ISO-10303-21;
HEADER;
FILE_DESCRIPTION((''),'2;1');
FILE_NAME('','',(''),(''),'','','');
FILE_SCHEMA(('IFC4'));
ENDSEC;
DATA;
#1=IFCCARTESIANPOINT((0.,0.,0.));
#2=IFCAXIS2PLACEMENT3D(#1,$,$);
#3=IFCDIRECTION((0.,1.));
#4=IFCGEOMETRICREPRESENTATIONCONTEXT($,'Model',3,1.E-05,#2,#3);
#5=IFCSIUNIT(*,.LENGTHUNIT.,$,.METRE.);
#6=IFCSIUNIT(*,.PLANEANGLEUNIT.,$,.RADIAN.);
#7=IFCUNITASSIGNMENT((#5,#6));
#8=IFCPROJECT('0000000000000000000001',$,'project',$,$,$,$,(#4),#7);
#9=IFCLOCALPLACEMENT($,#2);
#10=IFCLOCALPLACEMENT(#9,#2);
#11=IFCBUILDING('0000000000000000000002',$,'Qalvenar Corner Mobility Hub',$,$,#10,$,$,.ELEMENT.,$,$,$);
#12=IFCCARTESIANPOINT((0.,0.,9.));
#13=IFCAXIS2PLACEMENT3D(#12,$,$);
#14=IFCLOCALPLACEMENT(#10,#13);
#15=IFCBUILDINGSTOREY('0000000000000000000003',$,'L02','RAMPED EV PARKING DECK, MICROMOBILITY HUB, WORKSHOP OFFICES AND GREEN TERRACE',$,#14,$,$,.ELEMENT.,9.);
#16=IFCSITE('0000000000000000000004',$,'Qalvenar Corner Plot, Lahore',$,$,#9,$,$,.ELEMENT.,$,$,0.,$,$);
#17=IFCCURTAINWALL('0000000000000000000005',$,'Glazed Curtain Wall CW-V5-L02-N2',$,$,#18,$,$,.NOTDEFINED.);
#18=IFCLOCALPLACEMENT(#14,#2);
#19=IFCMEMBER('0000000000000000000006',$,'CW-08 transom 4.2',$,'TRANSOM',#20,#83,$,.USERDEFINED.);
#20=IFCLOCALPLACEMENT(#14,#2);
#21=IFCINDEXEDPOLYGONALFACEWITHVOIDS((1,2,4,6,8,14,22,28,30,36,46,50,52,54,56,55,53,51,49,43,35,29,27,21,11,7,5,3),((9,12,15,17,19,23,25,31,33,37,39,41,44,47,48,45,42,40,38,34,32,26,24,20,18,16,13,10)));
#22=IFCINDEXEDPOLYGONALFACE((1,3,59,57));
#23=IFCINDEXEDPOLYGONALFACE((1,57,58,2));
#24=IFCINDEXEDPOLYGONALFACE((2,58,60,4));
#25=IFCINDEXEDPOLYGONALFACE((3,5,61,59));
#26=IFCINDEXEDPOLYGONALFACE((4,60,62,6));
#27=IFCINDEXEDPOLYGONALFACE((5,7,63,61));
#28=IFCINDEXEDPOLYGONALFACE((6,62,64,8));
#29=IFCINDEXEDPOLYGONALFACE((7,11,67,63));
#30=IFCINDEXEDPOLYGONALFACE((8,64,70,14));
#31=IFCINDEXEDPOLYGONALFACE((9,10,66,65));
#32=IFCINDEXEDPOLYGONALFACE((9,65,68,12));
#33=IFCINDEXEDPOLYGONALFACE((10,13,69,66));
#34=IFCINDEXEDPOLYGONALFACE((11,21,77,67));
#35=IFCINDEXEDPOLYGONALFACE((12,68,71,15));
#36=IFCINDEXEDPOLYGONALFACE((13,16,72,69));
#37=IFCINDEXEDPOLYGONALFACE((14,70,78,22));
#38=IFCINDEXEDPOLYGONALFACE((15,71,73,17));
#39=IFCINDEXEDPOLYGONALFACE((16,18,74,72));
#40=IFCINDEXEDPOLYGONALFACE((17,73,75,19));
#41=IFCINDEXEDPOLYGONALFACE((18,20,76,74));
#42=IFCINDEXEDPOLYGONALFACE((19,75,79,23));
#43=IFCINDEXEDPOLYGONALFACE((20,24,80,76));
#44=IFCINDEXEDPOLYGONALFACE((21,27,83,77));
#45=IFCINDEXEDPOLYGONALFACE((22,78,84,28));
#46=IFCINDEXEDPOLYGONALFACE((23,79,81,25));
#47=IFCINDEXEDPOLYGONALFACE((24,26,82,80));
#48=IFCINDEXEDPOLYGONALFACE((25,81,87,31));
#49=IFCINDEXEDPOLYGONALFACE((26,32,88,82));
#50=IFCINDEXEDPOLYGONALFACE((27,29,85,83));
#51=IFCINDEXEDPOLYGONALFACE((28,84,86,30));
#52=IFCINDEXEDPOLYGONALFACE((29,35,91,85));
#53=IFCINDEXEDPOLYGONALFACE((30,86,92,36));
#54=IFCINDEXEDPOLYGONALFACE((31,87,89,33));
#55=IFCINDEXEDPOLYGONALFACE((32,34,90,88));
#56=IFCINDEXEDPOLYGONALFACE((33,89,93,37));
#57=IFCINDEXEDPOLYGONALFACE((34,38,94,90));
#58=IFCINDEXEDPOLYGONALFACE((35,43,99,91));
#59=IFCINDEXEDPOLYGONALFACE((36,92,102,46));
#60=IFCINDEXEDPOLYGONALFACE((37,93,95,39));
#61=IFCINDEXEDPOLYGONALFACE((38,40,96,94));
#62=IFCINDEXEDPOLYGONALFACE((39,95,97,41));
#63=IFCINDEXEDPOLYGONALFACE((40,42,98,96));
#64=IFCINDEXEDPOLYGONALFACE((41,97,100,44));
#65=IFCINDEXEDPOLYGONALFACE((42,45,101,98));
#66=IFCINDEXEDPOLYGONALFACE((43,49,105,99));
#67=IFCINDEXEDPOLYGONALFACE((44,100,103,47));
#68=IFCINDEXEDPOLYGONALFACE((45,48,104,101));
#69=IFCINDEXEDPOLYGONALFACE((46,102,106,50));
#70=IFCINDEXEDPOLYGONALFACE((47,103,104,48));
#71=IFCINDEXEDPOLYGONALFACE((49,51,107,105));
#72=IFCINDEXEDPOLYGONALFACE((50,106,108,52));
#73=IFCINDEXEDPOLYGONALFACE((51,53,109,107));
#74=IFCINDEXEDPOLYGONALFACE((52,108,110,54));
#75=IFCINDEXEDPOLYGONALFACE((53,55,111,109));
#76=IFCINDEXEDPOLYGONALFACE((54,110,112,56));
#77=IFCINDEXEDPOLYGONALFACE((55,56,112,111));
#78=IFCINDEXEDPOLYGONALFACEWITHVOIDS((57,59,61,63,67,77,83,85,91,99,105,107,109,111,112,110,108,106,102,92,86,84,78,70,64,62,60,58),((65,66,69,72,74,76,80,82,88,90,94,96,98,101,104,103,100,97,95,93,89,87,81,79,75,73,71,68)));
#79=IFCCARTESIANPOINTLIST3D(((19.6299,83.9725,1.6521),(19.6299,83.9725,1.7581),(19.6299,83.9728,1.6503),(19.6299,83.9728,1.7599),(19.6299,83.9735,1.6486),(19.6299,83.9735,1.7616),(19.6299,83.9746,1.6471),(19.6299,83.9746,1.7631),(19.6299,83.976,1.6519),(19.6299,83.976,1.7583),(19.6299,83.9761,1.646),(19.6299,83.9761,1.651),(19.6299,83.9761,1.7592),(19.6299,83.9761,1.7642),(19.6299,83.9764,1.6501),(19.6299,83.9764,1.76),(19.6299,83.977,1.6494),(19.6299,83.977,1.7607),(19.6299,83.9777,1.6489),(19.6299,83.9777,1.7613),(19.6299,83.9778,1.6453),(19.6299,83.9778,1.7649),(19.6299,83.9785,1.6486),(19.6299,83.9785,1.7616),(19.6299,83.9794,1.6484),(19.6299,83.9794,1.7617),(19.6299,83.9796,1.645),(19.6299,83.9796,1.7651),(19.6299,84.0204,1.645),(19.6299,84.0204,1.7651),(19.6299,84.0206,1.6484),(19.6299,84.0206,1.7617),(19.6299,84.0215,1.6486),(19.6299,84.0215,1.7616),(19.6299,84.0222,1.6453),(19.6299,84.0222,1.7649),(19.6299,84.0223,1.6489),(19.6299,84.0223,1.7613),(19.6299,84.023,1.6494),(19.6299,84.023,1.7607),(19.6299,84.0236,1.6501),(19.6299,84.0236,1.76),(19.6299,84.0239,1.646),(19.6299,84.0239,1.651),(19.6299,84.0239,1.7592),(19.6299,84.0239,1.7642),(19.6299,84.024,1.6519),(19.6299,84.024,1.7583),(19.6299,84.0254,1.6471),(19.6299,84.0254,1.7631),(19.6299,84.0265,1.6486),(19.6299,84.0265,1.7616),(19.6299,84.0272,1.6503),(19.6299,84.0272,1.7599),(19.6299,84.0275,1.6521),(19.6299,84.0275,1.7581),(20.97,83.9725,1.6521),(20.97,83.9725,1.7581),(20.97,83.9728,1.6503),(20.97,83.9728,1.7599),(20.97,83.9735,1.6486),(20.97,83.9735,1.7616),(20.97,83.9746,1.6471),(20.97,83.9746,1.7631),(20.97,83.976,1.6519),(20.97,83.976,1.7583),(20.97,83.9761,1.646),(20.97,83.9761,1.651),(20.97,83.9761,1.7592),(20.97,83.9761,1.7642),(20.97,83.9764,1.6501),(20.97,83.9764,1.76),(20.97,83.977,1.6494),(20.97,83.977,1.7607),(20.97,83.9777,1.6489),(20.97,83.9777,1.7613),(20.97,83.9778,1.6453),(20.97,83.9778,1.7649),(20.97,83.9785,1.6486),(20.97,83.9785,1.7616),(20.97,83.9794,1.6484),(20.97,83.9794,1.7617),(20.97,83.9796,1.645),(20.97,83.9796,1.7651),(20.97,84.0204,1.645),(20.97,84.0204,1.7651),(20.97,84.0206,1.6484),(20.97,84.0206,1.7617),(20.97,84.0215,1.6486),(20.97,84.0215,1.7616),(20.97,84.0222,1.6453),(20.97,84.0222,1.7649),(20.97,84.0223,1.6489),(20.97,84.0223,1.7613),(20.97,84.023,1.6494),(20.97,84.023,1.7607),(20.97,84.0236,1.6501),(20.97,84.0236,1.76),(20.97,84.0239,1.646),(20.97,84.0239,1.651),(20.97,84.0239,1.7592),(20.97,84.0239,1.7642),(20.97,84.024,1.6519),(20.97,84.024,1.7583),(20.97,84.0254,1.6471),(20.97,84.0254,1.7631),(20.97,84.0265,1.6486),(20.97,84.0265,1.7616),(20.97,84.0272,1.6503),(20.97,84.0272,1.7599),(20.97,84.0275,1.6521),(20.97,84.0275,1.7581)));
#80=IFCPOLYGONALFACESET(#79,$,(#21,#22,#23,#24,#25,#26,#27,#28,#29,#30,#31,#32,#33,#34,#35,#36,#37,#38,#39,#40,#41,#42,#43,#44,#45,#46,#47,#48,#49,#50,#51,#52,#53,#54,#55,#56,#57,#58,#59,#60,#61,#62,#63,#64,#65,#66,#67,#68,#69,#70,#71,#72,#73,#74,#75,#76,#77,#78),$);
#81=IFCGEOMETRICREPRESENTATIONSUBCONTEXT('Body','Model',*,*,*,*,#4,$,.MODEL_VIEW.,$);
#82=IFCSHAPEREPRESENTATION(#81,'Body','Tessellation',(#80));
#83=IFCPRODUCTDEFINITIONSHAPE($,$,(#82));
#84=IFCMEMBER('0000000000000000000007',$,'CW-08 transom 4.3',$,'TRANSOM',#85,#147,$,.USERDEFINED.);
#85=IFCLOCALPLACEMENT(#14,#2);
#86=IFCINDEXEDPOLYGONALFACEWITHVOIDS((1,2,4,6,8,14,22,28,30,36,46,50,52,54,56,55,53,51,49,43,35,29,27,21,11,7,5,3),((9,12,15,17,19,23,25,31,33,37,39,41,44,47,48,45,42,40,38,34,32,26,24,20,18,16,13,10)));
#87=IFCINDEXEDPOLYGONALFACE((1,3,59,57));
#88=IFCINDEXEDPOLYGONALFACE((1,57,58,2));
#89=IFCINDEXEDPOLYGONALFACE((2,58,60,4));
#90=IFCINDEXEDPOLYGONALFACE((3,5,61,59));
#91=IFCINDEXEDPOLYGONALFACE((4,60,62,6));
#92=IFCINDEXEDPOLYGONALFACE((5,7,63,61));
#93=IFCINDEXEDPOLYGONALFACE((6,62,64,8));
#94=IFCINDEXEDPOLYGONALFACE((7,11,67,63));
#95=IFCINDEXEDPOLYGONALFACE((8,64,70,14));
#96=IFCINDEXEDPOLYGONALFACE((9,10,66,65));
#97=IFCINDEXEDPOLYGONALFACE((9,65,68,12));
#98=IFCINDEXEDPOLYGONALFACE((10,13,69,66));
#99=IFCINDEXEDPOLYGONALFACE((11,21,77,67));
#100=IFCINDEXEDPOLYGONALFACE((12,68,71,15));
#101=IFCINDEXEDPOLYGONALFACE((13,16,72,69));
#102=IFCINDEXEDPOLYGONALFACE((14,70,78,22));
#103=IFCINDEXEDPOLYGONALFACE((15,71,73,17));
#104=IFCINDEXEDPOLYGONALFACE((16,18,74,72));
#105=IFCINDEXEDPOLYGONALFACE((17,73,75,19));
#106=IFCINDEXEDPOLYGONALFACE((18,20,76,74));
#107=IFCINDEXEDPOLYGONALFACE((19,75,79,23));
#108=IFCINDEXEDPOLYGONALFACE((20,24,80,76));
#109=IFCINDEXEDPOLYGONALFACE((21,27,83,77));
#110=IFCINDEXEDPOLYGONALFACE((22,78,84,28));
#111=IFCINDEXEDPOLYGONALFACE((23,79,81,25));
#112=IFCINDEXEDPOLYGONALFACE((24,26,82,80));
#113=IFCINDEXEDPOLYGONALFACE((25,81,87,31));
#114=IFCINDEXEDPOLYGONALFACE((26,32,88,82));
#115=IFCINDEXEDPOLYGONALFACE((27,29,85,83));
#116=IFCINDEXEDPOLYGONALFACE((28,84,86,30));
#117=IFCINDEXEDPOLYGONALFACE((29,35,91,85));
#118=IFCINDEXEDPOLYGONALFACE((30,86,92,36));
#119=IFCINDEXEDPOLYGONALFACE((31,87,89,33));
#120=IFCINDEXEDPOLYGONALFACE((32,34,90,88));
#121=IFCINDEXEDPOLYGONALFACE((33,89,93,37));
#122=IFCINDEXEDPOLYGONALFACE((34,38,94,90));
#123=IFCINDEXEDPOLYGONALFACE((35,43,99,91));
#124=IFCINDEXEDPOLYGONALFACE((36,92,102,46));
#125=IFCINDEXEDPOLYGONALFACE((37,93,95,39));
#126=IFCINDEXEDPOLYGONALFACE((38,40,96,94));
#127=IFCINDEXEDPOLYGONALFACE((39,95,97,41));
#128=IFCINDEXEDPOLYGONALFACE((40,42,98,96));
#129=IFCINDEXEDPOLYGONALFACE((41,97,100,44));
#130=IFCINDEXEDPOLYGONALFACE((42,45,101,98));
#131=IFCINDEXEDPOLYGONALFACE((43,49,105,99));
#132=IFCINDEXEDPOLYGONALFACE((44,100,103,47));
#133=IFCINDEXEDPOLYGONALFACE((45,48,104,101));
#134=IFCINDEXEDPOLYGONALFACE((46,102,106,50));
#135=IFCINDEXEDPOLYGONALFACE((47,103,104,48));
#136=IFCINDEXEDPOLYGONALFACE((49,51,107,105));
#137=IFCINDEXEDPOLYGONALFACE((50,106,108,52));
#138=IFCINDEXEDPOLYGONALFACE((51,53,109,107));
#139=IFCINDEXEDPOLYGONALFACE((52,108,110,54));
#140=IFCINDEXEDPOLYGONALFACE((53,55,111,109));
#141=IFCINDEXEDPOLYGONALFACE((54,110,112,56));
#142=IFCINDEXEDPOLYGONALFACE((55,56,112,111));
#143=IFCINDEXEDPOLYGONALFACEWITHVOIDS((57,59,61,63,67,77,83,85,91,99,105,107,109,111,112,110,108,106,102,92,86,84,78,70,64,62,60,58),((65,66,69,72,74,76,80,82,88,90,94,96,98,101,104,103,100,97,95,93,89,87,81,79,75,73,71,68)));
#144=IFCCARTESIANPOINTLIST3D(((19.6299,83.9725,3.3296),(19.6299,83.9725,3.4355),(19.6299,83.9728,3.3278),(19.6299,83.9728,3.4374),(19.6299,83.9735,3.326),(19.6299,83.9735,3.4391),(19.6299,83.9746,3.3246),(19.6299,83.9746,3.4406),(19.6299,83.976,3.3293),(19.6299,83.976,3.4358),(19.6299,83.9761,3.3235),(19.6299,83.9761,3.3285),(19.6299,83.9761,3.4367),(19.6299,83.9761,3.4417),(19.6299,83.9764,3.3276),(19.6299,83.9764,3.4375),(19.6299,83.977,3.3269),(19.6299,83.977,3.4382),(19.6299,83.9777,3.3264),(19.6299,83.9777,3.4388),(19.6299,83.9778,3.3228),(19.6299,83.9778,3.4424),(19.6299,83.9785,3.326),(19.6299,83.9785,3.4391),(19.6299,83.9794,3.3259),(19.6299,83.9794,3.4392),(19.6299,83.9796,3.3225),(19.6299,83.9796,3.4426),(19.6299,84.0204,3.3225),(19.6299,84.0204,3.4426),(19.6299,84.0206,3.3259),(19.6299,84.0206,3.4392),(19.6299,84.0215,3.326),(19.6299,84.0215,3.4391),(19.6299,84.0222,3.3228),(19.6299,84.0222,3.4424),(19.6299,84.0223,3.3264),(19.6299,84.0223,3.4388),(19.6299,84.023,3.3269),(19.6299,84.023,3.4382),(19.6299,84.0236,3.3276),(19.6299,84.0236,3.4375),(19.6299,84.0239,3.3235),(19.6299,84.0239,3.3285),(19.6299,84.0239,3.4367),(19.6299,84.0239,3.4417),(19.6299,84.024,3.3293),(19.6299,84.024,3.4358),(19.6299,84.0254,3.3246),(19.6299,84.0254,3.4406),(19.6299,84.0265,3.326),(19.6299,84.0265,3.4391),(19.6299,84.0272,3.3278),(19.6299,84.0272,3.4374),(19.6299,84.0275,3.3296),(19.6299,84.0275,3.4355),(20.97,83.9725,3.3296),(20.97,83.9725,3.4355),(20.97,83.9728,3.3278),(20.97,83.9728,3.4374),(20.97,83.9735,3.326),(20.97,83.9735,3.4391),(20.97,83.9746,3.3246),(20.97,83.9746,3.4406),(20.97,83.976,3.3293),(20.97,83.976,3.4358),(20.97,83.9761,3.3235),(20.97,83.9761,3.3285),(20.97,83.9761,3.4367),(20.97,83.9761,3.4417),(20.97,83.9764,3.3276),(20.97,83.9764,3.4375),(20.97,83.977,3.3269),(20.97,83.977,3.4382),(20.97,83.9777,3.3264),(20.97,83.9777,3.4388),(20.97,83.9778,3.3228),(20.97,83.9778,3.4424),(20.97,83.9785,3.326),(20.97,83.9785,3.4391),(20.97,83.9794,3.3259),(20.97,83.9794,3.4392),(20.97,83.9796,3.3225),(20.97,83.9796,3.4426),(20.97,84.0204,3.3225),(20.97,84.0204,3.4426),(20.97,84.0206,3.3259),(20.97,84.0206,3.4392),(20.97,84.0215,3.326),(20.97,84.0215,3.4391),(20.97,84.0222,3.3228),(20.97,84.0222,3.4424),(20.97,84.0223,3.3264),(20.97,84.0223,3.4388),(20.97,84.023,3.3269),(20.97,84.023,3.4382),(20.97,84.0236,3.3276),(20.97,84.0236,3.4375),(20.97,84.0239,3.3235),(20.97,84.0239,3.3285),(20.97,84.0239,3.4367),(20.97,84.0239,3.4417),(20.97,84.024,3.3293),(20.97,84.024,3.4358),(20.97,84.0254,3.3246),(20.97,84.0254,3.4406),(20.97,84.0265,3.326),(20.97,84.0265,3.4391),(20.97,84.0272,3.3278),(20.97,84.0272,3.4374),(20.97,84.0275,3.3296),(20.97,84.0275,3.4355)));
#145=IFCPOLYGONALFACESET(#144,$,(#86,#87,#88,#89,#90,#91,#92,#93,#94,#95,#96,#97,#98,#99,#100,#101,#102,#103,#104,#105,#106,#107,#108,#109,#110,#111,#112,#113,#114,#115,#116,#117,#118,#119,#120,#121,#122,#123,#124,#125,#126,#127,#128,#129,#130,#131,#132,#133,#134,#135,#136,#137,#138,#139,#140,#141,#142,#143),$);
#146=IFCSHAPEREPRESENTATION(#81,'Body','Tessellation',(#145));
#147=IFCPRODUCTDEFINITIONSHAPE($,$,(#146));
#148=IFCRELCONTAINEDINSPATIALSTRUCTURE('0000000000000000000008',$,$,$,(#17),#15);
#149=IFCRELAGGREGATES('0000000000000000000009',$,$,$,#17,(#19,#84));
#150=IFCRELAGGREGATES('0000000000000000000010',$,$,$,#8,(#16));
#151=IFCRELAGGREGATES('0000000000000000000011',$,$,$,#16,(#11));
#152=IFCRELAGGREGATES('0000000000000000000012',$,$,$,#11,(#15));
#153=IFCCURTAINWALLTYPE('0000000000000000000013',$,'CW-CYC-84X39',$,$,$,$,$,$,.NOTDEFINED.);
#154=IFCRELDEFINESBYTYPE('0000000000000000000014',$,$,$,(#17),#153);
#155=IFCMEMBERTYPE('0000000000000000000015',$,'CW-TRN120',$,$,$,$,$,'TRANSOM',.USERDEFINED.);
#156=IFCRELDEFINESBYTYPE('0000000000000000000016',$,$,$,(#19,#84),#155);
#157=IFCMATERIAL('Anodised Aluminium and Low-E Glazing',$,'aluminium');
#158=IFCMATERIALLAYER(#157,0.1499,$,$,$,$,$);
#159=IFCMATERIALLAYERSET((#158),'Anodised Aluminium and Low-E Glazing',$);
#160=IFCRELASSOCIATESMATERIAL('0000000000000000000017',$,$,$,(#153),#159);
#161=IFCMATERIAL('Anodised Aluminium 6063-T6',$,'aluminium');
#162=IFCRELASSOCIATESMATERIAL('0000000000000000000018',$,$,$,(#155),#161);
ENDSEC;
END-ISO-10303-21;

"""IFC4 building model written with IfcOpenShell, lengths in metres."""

from ifc_helpers import new_model, si_unit, direction, frame, origin, origin_2d, place, context, subcontext, project, spatial, hollow_rectangle, extrude, material, layer, layer_set, material_profile, profile_set, type_object, element, aggregate, save


model = new_model("IFC4")

# Units and contexts
model_context = context("Model", 3, precision=1e-05, world=origin(), true_north=direction((0.0, 1.0)))
body_context = subcontext(model_context, "Body", "Model", "MODEL_VIEW")
ifc_project = project(units=[si_unit("LENGTHUNIT", "METRE"), si_unit("PLANEANGLEUNIT", "RADIAN")], contexts=[model_context])

# Site, building, storey
site_placement = place(None, origin())
site = spatial("IfcSite", under=ifc_project, at=site_placement, Name="Qalvenar Corner Plot, Lahore", CompositionType="ELEMENT", RefElevation=0.0)
building_placement = place(site_placement, origin())
building = spatial("IfcBuilding", under=site, at=building_placement, Name="Qalvenar Corner Mobility Hub", CompositionType="ELEMENT")
storey_placement = place(building_placement, frame((0.0, 0.0, 9.0)))
storey = spatial("IfcBuildingStorey", under=building, at=storey_placement, Name="L02", Description="RAMPED EV PARKING DECK, MICROMOBILITY HUB, WORKSHOP OFFICES AND GREEN TERRACE", CompositionType="ELEMENT", Elevation=9.0)

# Shared definitions
ifc_material_1 = material(Name="Anodised Aluminium and Low-E Glazing", Category="aluminium")
ifc_layer_1 = layer(ifc_material_1, 0.1499)
ifc_layer_set_1 = layer_set([ifc_layer_1], Name="Anodised Aluminium and Low-E Glazing")
curtain_wall_type = type_object("IfcCurtainWallType", Name="CW-CYC-84X39", PredefinedType="NOTDEFINED", material=ifc_layer_set_1)
ifc_material_2 = material(Name="Anodised Aluminium 6063-T6", Category="aluminium")

# Curtain wall
curtain_wall_1_placement = place(storey_placement, origin())
curtain_wall_1 = element("IfcCurtainWall", 1, at=curtain_wall_1_placement, inside=storey, type_object=curtain_wall_type, Name="Glazed Curtain Wall CW-V5-L02-N2", PredefinedType="NOTDEFINED")

# Members
ifc_material_profile_1 = material_profile(ifc_material_2, hollow_rectangle(XDim=0.0549, YDim=0.1201, WallThickness=0.0034, InnerFilletRadius=0.0034, OuterFilletRadius=0.0071, at=origin_2d()), Name="RHS120x55x3.5")
ifc_profile_set_1 = profile_set([ifc_material_profile_1], Name="Anodised Aluminium 6063-T6")
member_type_1 = type_object("IfcMemberType", Name="CW-TRN120", ElementType="TRANSOM", PredefinedType="USERDEFINED", material=ifc_profile_set_1)
member_1_placement = place(storey_placement, frame((20.97, 84.0, 1.7051), z_axis=(-1.0, 0.0, 0.0), x_axis=(0.0, -1.0, 0.0)))
member_1 = element("IfcMember", 2, at=member_1_placement, type_object=member_type_1, Name="CW-08 transom 4.2", ObjectType="TRANSOM", PredefinedType="USERDEFINED", context=body_context, shape_type="SweptSolid", body=[
    extrude(hollow_rectangle(XDim=0.0549, YDim=0.1201, WallThickness=0.0034, InnerFilletRadius=0.0034, OuterFilletRadius=0.0071, at=origin_2d()), origin(), (0.0, 0.0, 1.0), 1.3401),
])
member_2_placement = place(storey_placement, frame((20.97, 84.0, 3.3826), z_axis=(-1.0, 0.0, 0.0), x_axis=(0.0, -1.0, 0.0)))
member_2 = element("IfcMember", 3, at=member_2_placement, type_object=member_type_1, Name="CW-08 transom 4.3", ObjectType="TRANSOM", PredefinedType="USERDEFINED", context=body_context, shape_type="SweptSolid", body=[
    extrude(hollow_rectangle(XDim=0.0549, YDim=0.1201, WallThickness=0.0034, InnerFilletRadius=0.0034, OuterFilletRadius=0.0071, at=origin_2d()), origin(), (0.0, 0.0, 1.0), 1.3401),
])

aggregate(curtain_wall_1, [member_1, member_2])

save(model, "model.ifc")
